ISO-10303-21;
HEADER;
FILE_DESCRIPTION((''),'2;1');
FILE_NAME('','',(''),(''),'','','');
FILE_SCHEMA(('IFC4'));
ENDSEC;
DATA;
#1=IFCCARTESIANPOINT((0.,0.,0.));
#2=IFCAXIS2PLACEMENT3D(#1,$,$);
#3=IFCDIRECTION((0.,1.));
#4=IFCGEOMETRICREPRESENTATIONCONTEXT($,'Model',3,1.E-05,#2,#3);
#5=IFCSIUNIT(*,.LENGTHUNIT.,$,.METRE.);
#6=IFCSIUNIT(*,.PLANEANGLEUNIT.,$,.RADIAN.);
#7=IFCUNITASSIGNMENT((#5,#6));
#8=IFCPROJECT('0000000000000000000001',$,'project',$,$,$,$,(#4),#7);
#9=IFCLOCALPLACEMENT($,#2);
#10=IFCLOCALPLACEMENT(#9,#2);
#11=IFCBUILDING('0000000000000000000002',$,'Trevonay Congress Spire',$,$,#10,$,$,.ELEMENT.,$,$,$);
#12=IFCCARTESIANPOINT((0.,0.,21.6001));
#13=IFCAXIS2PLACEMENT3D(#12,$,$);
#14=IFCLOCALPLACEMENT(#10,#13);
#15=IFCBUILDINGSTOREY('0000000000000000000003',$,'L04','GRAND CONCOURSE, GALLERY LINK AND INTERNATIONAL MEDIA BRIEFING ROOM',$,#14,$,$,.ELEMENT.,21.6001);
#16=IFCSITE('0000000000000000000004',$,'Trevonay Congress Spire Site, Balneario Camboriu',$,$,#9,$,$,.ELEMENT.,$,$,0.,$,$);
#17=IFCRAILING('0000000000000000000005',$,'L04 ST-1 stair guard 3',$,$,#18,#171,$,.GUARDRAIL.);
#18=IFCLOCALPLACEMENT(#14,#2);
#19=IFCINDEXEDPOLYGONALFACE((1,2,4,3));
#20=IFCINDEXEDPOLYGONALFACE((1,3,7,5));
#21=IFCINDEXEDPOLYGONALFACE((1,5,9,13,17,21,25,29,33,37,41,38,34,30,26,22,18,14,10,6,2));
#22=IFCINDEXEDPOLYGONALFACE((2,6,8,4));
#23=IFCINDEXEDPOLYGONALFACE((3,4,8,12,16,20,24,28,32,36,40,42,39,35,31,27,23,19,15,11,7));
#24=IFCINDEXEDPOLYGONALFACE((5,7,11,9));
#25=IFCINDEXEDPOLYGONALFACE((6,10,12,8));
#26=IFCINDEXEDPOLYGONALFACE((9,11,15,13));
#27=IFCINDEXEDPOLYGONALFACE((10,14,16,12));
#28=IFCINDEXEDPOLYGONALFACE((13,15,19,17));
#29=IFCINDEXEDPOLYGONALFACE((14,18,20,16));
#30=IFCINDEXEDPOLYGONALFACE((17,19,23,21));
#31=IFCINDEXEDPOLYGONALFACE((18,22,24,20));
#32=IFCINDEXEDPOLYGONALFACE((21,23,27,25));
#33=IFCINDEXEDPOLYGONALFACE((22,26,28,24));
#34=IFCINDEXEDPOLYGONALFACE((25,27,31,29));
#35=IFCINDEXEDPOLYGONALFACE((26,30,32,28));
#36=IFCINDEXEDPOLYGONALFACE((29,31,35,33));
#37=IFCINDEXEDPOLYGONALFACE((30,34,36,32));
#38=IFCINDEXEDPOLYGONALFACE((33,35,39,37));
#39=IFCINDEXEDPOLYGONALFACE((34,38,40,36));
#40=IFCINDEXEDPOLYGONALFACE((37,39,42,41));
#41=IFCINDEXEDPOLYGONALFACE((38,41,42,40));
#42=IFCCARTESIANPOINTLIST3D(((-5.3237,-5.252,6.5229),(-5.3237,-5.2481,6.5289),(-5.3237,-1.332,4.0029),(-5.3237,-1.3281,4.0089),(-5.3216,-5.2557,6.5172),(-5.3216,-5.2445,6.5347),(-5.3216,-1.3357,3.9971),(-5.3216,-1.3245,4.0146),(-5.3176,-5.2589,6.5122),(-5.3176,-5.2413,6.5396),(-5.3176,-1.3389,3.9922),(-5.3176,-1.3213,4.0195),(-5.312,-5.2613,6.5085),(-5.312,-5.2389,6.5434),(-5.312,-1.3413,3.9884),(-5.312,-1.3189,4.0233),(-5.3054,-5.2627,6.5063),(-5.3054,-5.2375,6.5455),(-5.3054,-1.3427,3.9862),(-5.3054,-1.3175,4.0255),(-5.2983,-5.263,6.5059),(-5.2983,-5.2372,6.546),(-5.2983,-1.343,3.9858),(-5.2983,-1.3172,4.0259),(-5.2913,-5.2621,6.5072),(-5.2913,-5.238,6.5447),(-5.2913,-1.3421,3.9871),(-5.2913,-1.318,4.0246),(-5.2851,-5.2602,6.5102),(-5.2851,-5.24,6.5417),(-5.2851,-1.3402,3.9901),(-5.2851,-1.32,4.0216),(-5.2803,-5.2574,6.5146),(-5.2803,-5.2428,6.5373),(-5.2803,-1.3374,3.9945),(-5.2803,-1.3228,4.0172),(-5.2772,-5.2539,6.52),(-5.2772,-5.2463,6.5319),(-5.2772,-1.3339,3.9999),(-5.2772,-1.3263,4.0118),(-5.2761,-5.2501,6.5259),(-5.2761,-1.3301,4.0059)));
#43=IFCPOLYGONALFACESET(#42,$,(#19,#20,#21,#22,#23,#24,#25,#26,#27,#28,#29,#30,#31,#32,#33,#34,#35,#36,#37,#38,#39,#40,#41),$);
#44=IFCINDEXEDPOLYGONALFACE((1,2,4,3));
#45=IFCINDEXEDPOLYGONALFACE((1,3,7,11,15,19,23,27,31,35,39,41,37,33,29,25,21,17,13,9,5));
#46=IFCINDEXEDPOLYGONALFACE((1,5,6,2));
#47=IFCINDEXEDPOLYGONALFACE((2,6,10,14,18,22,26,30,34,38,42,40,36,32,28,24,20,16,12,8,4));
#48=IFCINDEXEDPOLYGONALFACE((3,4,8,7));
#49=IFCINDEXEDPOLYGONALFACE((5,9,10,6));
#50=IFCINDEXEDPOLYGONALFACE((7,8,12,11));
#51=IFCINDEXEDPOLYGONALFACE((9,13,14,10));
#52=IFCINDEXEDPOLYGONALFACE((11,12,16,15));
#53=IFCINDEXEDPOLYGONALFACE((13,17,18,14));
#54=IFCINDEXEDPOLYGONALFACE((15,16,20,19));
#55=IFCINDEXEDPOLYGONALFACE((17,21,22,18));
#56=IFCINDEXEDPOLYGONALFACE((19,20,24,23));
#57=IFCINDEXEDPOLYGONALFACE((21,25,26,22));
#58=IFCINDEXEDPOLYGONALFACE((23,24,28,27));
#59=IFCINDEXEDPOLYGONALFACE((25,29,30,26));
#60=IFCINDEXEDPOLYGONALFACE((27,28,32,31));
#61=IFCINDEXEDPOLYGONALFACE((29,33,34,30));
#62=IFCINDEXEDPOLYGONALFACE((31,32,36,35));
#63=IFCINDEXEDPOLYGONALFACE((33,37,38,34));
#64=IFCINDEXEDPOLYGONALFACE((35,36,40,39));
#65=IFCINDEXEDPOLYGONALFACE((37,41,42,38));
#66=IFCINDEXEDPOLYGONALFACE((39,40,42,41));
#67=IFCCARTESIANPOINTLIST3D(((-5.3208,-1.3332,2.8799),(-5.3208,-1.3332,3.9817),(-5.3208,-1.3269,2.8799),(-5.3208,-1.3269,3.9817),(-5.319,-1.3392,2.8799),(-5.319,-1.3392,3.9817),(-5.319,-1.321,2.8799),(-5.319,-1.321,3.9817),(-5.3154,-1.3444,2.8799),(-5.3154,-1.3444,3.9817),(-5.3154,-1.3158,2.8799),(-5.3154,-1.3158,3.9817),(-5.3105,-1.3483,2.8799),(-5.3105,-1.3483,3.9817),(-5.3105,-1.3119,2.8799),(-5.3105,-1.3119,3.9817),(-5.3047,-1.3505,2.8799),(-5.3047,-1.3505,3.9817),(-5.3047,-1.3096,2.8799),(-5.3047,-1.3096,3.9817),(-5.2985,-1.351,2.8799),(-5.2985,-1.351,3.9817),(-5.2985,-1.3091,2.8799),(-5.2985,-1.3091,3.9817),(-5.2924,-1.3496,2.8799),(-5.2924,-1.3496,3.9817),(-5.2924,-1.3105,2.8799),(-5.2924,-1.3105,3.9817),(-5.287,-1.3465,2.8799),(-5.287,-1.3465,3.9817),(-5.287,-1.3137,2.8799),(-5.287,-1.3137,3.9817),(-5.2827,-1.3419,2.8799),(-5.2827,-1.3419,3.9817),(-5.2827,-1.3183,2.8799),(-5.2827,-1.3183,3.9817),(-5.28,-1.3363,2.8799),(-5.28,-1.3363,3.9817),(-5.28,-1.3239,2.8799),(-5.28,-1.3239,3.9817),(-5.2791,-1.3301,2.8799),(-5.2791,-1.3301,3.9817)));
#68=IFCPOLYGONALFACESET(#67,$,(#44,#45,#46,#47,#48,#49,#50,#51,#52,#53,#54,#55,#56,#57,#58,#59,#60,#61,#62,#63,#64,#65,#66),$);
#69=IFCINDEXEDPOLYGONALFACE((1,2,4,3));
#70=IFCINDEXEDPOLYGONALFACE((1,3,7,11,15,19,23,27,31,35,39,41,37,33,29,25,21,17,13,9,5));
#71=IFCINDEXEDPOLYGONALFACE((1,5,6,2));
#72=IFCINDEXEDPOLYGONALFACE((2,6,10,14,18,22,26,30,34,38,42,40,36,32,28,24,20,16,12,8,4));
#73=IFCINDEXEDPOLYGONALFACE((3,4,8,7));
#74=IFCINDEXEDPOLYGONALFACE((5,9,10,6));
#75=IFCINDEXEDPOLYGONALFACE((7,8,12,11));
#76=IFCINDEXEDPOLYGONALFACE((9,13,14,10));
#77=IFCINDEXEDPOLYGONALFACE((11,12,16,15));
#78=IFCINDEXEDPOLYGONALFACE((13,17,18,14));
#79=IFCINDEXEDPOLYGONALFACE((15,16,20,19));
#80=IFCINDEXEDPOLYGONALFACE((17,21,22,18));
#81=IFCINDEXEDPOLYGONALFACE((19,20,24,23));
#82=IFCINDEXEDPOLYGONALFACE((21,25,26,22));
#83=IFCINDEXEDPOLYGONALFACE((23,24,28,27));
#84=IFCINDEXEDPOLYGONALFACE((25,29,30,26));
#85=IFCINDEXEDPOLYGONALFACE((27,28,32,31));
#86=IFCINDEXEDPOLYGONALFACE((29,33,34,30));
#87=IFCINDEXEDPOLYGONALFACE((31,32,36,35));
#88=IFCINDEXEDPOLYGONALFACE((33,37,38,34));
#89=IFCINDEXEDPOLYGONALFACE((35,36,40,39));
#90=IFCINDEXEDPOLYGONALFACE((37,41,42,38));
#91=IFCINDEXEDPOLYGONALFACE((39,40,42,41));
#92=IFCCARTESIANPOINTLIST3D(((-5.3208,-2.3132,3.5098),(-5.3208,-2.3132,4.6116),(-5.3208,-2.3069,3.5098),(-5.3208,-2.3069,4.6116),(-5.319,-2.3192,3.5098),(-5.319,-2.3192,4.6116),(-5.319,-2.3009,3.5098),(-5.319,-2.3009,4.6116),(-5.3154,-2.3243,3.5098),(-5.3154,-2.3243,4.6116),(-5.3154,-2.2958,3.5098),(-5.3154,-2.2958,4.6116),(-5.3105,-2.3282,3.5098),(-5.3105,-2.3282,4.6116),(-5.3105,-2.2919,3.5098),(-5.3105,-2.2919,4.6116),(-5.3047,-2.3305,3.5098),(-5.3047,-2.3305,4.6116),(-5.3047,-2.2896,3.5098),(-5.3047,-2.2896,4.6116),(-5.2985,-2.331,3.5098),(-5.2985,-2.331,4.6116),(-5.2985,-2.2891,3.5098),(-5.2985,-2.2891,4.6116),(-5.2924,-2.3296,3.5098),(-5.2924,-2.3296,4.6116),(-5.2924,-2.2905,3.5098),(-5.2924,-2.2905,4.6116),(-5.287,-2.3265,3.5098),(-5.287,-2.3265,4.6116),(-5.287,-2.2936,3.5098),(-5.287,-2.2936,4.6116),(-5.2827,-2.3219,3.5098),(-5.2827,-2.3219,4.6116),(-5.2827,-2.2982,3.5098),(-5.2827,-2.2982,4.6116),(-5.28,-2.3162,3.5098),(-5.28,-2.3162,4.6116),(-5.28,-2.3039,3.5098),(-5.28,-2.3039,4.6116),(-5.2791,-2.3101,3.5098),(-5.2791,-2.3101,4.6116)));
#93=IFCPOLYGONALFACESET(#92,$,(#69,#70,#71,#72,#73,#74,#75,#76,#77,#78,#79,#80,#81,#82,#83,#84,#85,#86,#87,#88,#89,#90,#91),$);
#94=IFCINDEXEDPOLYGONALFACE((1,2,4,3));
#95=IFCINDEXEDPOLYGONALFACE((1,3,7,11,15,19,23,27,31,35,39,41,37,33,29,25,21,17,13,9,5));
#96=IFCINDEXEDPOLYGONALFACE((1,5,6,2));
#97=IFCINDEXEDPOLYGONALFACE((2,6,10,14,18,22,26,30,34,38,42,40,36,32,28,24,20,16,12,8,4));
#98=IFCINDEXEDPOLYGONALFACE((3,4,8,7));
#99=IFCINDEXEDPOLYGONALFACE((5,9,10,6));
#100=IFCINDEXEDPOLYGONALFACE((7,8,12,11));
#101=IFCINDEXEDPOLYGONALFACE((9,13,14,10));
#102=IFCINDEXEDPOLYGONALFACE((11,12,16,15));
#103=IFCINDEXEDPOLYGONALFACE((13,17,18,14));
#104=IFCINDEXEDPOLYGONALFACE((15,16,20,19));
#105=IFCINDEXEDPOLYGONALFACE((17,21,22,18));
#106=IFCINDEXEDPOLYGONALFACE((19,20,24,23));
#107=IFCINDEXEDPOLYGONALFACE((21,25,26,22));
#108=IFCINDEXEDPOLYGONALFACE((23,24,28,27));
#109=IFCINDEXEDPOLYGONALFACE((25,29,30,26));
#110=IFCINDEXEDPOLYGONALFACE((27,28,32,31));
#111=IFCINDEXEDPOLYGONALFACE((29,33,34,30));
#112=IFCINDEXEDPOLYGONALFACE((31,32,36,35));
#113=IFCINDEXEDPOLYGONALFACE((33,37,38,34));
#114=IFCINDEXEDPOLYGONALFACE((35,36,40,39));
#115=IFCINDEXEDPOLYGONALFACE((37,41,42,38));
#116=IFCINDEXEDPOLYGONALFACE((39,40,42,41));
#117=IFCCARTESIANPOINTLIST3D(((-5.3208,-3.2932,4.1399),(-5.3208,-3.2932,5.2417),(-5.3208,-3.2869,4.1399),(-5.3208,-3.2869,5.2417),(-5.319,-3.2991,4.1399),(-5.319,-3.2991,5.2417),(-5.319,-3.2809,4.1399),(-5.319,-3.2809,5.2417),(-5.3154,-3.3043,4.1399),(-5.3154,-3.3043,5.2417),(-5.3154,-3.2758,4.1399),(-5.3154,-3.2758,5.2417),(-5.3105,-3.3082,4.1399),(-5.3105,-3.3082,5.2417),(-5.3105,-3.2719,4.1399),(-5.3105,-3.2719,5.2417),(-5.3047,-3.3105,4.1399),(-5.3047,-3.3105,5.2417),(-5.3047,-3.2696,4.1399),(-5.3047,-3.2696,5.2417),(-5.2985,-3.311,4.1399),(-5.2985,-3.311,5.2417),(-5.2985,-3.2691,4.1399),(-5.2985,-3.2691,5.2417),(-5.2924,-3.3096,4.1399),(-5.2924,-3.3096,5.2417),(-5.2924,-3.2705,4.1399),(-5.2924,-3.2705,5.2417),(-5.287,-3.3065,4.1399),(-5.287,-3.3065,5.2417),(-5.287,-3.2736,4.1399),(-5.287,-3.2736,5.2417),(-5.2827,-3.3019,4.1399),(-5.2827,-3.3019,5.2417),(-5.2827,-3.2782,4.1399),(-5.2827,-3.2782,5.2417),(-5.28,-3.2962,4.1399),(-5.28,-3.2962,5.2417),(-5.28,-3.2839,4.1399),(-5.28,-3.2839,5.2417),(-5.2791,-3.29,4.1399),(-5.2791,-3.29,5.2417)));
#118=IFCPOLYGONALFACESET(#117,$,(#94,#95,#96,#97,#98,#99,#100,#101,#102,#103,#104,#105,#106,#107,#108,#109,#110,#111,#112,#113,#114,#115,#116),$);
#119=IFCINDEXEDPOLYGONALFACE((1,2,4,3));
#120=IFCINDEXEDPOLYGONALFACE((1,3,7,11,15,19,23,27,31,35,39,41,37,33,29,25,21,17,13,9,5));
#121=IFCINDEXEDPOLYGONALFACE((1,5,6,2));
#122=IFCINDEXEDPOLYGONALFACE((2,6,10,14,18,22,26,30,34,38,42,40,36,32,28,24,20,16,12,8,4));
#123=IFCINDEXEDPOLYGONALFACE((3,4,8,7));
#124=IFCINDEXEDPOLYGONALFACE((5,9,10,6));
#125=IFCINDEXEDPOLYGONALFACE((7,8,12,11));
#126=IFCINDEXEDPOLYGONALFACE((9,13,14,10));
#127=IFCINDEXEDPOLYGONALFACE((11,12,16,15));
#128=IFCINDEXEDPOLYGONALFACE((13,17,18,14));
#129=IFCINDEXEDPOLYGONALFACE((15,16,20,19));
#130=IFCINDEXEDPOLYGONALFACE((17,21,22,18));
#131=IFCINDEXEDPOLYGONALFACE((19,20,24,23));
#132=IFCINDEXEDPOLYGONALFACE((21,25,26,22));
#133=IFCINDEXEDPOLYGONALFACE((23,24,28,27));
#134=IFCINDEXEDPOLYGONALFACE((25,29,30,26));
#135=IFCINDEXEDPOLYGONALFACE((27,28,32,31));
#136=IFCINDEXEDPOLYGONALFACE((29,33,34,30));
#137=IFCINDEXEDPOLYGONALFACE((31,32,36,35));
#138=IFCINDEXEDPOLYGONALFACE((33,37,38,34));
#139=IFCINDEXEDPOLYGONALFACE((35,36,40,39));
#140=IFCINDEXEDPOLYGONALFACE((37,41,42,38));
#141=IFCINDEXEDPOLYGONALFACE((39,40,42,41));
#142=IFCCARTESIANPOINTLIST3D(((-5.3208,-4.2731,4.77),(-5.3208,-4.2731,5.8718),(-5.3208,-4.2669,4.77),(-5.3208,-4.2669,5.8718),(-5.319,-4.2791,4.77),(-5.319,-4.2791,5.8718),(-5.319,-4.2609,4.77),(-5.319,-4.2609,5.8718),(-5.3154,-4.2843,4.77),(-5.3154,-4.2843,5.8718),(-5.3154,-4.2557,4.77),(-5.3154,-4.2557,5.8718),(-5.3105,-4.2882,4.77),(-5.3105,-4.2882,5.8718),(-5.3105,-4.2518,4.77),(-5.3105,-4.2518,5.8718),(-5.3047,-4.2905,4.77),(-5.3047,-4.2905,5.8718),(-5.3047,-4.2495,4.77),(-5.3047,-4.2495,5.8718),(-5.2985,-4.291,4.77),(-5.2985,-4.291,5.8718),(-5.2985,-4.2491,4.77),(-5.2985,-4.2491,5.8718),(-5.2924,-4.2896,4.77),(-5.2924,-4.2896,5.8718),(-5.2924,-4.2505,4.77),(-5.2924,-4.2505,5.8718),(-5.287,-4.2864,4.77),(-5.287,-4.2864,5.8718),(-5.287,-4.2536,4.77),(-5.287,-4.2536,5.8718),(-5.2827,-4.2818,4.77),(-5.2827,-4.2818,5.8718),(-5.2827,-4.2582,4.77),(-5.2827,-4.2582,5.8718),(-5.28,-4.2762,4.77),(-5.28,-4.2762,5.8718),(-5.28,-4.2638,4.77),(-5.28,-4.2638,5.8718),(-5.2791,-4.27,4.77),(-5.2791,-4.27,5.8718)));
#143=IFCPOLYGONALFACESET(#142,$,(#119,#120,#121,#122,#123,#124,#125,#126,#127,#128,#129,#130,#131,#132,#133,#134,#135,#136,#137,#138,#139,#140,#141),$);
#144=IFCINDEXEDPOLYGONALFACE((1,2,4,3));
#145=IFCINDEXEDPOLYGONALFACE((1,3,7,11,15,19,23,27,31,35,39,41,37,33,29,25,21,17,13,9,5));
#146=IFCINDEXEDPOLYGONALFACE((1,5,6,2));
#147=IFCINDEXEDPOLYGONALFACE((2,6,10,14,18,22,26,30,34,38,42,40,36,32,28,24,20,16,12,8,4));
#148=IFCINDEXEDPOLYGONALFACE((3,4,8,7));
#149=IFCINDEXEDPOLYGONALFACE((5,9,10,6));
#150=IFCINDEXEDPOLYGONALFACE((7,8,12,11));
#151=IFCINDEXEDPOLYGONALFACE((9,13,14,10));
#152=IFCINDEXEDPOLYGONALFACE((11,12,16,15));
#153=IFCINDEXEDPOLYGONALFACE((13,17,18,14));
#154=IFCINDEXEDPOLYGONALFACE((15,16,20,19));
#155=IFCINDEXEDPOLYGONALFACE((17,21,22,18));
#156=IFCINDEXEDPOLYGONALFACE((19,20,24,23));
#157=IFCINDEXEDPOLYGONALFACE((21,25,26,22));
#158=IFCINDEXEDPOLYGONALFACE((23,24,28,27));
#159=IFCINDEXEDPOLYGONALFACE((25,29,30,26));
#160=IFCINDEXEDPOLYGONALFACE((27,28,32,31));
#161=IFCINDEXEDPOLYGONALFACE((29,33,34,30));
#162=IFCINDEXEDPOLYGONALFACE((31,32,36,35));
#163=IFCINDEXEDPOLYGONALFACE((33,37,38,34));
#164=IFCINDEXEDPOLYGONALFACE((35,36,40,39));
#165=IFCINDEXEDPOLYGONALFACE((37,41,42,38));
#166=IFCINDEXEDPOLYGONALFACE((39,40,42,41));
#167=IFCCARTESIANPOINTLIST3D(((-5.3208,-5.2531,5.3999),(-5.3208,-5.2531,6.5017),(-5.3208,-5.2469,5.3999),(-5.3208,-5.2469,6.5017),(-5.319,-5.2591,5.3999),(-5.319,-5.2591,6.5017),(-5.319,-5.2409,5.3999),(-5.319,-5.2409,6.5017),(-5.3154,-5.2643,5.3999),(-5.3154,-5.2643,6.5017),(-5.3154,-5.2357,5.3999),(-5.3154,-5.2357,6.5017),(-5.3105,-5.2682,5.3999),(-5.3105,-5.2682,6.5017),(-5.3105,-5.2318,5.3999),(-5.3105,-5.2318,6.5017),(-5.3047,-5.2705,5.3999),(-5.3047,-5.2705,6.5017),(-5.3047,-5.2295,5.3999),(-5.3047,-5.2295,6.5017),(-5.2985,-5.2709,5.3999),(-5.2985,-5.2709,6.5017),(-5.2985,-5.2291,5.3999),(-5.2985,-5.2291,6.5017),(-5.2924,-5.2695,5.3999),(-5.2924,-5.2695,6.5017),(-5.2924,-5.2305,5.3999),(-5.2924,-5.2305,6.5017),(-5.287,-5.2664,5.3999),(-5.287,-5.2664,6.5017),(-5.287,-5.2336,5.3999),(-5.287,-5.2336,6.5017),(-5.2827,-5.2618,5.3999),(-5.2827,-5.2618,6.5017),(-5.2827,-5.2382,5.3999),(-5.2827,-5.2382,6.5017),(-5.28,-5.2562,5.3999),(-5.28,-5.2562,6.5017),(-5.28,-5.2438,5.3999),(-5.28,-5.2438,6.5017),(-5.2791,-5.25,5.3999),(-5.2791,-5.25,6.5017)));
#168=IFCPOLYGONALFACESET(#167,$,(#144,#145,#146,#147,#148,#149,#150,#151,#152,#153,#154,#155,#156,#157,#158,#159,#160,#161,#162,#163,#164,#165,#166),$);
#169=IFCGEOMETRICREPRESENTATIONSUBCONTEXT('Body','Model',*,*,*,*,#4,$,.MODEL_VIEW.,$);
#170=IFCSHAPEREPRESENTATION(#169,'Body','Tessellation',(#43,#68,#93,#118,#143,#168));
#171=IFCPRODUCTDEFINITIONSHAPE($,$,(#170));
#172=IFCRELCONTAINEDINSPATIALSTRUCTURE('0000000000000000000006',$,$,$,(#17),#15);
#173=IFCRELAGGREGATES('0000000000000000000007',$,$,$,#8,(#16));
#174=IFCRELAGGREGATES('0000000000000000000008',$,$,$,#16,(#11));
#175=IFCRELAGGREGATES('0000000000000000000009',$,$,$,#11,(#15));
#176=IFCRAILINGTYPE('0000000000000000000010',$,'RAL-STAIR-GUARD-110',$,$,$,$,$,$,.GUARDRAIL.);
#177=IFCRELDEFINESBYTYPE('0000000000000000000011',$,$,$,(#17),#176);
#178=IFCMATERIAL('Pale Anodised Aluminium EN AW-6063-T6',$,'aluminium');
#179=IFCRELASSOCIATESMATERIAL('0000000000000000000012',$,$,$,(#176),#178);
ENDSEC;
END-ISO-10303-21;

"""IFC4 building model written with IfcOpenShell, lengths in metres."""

from ifc_helpers import new_model, si_unit, direction, frame, origin, origin_2d, place, context, subcontext, project, spatial, circle, extrude, material, type_object, element, save


model = new_model("IFC4")

# Units and contexts
model_context = context("Model", 3, precision=1e-05, world=origin(), true_north=direction((0.0, 1.0)))
body_context = subcontext(model_context, "Body", "Model", "MODEL_VIEW")
ifc_project = project(units=[si_unit("LENGTHUNIT", "METRE"), si_unit("PLANEANGLEUNIT", "RADIAN")], contexts=[model_context])

# Site, building, storey
site_placement = place(None, origin())
site = spatial("IfcSite", under=ifc_project, at=site_placement, Name="Trevonay Congress Spire Site, Balneario Camboriu", CompositionType="ELEMENT", RefElevation=0.0)
building_placement = place(site_placement, origin())
building = spatial("IfcBuilding", under=site, at=building_placement, Name="Trevonay Congress Spire", CompositionType="ELEMENT")
storey_placement = place(building_placement, frame((0.0, 0.0, 21.6001)))
storey = spatial("IfcBuildingStorey", under=building, at=storey_placement, Name="L04", Description="GRAND CONCOURSE, GALLERY LINK AND INTERNATIONAL MEDIA BRIEFING ROOM", CompositionType="ELEMENT", Elevation=21.6001)

# Shared definitions
ifc_material_1 = material(Name="Pale Anodised Aluminium EN AW-6063-T6", Category="aluminium")

# Railing
railing_type_1 = type_object("IfcRailingType", Name="RAL-STAIR-GUARD-110", PredefinedType="GUARDRAIL", material=ifc_material_1)
railing_1_placement = place(storey_placement, frame((-5.3, -1.3301, 2.8799)))
element("IfcRailing", 1, at=railing_1_placement, inside=storey, type_object=railing_type_1, Name="L04 ST-1 stair guard 3", PredefinedType="GUARDRAIL", context=body_context, shape_type="SweptSolid", body=[
    extrude(circle(Radius=0.0239, at=origin_2d()), frame((0.0, 0.0, 1.126), z_axis=(0.0, -0.841172, 0.540768), x_axis=(1.0, 0.0, 0.0)), (0.0, 0.0, 1.0), 4.6602),
    extrude(circle(Radius=0.021, at=origin_2d()), origin(), (0.0, 0.0, 1.0), 1.1018),
    extrude(circle(Radius=0.021, at=origin_2d()), frame((0.0, -0.98, 0.6299)), (0.0, 0.0, 1.0), 1.1018),
    extrude(circle(Radius=0.021, at=origin_2d()), frame((0.0, -1.96, 1.26)), (0.0, 0.0, 1.0), 1.1018),
    extrude(circle(Radius=0.021, at=origin_2d()), frame((0.0, -2.9399, 1.8901)), (0.0, 0.0, 1.0), 1.1018),
    extrude(circle(Radius=0.021, at=origin_2d()), frame((0.0, -3.9199, 2.52)), (0.0, 0.0, 1.0), 1.1018),
])

save(model, "model.ifc")
